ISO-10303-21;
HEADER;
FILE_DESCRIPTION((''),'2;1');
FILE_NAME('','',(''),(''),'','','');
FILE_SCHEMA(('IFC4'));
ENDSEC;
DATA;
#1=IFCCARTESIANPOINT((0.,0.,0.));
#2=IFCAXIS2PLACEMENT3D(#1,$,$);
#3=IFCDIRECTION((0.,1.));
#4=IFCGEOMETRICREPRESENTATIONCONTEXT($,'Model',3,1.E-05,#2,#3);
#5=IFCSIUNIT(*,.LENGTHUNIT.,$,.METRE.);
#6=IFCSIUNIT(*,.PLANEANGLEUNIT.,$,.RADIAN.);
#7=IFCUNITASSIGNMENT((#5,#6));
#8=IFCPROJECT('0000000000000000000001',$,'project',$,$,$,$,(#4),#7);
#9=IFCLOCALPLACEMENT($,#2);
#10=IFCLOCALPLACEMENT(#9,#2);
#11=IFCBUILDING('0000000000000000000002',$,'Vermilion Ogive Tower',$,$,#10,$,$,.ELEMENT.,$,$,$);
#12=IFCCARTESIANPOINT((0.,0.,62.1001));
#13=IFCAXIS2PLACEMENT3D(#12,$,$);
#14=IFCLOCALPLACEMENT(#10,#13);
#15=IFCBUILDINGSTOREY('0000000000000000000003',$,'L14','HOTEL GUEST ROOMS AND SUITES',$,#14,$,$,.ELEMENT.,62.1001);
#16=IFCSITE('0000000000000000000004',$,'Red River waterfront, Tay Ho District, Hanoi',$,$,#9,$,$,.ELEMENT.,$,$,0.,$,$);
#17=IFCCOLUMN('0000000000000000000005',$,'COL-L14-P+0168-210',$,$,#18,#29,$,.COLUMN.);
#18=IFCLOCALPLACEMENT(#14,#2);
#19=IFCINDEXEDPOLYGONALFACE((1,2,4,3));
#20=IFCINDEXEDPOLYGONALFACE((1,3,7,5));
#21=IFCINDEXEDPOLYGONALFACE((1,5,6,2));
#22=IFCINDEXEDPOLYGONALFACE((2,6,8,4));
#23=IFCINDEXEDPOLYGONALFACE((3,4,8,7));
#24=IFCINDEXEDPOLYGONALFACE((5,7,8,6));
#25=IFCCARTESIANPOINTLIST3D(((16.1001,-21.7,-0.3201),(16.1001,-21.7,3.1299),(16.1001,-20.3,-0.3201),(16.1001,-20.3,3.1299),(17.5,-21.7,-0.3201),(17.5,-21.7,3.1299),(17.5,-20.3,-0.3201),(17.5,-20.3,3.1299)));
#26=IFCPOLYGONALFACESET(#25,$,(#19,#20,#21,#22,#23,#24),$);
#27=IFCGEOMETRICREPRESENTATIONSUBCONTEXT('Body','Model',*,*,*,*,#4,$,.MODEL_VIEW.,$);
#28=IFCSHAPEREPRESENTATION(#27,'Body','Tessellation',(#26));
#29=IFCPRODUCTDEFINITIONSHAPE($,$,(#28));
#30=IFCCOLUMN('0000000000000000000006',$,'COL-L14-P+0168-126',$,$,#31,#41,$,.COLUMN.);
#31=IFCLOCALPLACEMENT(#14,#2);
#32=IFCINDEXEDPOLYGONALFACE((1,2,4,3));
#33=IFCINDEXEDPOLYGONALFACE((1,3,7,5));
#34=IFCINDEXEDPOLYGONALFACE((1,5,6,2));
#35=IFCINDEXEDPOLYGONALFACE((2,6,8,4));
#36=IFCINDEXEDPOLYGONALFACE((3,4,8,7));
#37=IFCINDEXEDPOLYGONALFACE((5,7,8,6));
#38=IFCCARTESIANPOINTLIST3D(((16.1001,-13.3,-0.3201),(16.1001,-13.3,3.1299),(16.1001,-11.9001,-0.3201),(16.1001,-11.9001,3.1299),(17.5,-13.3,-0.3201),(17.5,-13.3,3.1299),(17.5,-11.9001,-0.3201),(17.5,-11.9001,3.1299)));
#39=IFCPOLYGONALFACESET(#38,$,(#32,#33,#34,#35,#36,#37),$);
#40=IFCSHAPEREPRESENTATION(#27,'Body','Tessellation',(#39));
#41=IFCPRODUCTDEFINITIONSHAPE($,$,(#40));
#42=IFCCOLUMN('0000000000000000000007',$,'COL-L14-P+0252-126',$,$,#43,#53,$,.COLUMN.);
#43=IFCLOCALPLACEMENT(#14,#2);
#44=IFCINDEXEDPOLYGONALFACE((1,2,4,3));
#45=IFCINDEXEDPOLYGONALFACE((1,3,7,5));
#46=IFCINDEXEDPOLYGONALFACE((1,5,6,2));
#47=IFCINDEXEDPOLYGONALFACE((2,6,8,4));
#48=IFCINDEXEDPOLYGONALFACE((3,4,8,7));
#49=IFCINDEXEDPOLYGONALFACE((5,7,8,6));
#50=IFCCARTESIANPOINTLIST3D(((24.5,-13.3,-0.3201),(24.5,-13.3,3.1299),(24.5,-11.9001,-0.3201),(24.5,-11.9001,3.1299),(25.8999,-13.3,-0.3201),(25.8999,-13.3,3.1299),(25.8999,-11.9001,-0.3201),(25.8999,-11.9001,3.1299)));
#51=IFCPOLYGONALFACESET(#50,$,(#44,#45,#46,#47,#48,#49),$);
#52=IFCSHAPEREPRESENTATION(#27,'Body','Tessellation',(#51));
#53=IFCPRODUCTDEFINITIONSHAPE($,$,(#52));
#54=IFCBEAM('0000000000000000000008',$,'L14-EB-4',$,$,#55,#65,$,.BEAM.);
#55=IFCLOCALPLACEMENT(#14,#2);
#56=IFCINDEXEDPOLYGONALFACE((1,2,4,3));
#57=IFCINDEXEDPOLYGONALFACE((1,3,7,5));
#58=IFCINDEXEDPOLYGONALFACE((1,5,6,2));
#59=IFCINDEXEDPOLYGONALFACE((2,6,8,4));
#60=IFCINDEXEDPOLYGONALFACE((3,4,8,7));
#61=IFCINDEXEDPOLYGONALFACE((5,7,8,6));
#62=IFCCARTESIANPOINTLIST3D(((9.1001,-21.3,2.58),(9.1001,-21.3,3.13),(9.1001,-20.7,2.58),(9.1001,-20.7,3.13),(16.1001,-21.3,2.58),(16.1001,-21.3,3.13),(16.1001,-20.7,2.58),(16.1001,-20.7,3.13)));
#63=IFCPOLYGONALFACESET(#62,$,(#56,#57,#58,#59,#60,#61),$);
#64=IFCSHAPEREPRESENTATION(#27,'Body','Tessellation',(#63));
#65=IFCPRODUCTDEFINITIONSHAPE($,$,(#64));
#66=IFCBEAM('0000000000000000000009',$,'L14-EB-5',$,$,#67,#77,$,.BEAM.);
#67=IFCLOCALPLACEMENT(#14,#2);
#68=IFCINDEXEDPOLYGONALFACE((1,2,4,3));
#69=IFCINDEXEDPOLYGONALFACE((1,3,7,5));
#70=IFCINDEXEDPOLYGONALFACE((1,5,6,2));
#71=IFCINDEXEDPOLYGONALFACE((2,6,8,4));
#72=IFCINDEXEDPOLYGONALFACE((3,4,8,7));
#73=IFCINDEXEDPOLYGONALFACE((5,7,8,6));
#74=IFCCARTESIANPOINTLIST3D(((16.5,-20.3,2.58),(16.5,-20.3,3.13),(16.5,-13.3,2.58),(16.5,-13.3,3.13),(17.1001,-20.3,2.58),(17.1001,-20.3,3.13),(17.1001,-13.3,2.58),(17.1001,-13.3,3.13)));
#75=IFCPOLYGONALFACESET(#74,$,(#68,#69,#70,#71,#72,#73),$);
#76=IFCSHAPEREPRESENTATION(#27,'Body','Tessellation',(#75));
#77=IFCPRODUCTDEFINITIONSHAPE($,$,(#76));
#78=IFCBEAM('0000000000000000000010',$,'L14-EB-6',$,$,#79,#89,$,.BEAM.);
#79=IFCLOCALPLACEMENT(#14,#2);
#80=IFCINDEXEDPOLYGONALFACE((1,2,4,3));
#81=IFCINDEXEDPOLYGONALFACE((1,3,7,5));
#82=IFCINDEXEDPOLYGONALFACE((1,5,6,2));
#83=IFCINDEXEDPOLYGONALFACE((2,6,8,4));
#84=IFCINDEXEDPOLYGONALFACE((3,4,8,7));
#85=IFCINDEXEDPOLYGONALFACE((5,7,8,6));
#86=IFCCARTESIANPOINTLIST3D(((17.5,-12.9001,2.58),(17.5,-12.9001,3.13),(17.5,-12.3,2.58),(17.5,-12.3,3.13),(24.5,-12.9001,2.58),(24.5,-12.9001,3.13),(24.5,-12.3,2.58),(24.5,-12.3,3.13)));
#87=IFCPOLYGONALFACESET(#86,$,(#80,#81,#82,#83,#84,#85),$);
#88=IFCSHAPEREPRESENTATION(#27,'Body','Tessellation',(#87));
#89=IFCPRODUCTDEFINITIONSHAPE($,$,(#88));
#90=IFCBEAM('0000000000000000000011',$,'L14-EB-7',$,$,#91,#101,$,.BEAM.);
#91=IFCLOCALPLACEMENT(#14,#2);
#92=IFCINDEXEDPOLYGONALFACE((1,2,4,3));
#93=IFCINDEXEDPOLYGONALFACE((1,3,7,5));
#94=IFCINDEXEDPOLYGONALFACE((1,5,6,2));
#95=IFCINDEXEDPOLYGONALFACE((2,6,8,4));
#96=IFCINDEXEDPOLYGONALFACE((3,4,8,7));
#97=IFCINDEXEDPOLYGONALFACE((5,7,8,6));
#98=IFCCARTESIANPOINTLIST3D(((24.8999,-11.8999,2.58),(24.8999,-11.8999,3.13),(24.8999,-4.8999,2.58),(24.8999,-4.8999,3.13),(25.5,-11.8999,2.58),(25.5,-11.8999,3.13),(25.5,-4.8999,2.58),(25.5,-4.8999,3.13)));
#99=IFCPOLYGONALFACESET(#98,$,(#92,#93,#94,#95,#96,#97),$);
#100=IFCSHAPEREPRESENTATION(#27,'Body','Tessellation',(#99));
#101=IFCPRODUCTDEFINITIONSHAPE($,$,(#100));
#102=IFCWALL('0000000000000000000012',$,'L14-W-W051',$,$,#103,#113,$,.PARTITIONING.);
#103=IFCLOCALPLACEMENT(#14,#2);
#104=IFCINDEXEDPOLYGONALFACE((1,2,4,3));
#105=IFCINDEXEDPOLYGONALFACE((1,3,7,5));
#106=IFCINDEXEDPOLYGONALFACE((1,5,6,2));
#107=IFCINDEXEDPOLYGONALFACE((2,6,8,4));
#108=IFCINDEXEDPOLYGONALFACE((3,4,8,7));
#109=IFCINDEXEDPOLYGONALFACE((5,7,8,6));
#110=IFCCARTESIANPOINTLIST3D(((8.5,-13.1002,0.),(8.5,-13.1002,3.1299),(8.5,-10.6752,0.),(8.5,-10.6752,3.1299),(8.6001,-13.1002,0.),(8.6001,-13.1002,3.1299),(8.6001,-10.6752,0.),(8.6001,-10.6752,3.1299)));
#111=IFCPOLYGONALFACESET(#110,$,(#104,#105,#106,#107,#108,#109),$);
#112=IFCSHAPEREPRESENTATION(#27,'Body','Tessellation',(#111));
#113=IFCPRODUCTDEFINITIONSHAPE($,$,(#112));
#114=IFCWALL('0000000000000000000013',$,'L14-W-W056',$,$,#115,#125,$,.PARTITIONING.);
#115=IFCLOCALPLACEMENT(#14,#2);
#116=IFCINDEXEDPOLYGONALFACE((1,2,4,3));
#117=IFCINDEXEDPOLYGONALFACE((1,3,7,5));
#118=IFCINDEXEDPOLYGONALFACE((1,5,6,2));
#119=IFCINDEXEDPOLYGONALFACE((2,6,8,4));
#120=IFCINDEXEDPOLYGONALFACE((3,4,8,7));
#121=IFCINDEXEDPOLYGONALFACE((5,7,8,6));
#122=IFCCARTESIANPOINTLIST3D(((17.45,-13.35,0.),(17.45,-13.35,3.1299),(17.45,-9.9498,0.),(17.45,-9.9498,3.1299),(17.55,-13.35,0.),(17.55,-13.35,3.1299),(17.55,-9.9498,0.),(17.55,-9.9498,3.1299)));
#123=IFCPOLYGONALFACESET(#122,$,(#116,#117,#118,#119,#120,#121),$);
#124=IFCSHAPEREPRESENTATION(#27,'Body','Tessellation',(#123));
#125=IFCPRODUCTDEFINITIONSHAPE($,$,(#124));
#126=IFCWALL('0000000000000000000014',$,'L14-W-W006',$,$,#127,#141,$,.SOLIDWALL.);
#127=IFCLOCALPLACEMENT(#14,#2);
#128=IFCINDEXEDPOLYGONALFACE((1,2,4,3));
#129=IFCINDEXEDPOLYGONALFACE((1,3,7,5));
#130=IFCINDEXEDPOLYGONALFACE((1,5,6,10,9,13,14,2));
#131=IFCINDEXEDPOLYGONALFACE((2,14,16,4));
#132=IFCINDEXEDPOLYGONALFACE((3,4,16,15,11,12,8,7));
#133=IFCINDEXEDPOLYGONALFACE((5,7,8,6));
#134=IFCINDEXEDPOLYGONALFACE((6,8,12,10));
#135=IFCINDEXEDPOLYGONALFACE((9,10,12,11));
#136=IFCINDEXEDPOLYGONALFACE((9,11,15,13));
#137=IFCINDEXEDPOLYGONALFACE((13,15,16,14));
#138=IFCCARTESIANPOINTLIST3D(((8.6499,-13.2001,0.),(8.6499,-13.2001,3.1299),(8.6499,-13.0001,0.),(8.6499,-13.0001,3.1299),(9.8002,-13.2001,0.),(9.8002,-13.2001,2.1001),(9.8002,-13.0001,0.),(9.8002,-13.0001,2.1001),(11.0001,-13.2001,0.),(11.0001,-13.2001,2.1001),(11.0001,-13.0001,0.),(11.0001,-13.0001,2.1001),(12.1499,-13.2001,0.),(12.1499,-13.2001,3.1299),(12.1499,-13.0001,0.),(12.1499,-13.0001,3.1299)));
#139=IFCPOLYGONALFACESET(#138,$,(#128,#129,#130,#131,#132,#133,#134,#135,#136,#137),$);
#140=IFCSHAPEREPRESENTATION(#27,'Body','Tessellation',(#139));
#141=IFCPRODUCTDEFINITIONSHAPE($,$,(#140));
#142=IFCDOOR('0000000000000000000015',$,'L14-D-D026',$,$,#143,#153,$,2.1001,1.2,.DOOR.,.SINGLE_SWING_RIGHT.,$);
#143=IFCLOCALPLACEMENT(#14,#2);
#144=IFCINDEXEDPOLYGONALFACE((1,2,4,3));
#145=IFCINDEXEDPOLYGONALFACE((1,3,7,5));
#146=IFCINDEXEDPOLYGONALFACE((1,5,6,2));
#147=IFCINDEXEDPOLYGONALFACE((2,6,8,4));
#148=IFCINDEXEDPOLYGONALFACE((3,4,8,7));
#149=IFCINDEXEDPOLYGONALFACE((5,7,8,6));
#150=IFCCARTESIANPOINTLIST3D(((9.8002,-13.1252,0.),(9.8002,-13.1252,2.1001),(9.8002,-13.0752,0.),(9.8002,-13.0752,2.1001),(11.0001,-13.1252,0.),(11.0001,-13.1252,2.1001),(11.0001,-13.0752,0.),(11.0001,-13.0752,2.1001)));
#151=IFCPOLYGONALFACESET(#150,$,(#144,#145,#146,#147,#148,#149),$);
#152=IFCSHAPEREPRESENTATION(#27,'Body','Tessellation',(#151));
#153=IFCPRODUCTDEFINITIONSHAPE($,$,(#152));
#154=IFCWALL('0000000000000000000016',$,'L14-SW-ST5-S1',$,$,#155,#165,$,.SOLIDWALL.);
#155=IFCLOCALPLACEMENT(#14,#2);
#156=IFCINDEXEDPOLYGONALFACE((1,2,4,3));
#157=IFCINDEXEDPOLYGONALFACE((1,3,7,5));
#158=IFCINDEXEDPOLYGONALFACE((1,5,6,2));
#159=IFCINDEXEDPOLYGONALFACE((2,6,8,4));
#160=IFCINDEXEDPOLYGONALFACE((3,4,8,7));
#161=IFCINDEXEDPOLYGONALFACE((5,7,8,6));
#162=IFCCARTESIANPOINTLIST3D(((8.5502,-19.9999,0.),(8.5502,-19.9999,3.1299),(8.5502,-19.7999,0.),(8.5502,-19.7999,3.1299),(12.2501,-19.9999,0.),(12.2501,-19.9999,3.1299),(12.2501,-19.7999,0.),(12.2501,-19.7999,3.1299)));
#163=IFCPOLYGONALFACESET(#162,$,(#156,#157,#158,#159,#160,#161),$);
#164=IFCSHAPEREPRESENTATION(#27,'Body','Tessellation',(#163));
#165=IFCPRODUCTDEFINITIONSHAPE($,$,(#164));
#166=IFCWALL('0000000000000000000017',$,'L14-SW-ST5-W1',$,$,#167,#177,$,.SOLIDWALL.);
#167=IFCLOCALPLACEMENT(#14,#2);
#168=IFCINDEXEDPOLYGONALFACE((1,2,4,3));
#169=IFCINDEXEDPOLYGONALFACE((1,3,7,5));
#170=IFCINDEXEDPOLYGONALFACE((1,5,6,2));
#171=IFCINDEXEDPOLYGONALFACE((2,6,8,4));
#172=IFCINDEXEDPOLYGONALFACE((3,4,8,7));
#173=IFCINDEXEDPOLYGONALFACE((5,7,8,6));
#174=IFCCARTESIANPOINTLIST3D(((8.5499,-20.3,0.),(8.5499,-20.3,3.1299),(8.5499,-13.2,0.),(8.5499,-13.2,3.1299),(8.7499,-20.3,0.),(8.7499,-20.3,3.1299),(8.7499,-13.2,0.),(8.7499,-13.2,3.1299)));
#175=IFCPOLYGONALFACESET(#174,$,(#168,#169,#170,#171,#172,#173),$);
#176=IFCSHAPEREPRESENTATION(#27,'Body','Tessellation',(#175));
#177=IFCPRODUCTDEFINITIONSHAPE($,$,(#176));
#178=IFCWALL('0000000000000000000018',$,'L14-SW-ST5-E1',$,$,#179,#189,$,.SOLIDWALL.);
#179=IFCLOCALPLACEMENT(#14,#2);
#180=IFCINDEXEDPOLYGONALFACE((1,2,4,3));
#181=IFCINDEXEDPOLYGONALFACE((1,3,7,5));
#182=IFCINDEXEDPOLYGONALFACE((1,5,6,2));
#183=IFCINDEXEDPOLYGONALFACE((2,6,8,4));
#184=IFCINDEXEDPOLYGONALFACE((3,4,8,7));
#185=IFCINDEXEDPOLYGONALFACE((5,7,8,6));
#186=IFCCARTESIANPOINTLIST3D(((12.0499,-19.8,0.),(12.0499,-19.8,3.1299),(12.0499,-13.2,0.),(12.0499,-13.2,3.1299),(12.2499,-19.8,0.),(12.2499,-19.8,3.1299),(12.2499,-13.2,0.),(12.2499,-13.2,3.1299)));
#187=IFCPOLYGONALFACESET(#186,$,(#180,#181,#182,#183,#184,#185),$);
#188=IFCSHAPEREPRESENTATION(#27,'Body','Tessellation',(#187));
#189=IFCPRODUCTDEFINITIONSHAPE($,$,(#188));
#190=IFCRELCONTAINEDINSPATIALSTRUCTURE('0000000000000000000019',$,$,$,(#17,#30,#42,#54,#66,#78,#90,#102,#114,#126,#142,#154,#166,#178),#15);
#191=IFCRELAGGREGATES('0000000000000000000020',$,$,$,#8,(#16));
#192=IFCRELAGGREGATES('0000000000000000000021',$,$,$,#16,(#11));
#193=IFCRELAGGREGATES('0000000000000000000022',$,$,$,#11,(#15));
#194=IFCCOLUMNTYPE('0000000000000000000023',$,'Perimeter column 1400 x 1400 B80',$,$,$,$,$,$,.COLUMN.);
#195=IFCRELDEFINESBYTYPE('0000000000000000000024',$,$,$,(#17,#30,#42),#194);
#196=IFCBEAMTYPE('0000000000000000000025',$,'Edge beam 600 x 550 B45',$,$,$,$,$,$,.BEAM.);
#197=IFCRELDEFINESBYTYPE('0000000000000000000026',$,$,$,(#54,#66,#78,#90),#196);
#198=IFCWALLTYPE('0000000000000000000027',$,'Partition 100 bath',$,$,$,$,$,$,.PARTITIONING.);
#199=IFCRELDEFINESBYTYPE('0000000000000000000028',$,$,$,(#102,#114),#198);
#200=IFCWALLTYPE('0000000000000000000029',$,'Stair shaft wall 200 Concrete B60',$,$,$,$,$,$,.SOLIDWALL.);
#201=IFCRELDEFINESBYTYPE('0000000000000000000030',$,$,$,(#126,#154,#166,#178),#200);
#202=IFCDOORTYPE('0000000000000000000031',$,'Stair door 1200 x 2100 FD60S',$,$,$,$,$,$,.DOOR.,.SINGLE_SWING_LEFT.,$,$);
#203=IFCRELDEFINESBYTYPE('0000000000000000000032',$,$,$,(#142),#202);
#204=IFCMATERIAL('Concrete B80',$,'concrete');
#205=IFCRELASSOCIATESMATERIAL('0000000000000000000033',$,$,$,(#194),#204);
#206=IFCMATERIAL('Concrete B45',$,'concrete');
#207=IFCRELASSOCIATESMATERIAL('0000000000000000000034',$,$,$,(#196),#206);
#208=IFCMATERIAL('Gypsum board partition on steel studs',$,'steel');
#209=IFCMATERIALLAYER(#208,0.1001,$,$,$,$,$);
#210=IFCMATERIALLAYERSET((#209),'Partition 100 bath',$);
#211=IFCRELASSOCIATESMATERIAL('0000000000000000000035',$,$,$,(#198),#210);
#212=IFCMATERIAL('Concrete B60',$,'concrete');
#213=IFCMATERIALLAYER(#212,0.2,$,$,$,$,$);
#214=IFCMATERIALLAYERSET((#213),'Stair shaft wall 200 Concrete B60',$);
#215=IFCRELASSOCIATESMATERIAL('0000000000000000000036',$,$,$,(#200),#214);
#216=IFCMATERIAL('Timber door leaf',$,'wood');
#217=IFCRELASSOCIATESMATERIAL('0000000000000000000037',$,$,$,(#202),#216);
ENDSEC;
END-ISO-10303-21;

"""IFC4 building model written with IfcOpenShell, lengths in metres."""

from ifc_helpers import new_model, si_unit, direction, frame, frame_2d, origin, origin_2d, place, context, subcontext, project, spatial, rectangle, extrude, material, layer, layer_set, material_profile, profile_set, type_object, element, fill, save


model = new_model("IFC4")

# Units and contexts
model_context = context("Model", 3, precision=1e-05, world=origin(), true_north=direction((0.0, 1.0)))
body_context = subcontext(model_context, "Body", "Model", "MODEL_VIEW")
ifc_project = project(units=[si_unit("LENGTHUNIT", "METRE"), si_unit("PLANEANGLEUNIT", "RADIAN")], contexts=[model_context])

# Site, building, storey
site_placement = place(None, origin())
site = spatial("IfcSite", under=ifc_project, at=site_placement, Name="Red River waterfront, Tay Ho District, Hanoi", CompositionType="ELEMENT", RefElevation=0.0)
building_placement = place(site_placement, origin())
building = spatial("IfcBuilding", under=site, at=building_placement, Name="Vermilion Ogive Tower", CompositionType="ELEMENT")
storey_placement = place(building_placement, frame((0.0, 0.0, 62.1001)))
storey = spatial("IfcBuildingStorey", under=building, at=storey_placement, Name="L14", Description="HOTEL GUEST ROOMS AND SUITES", CompositionType="ELEMENT", Elevation=62.1001)

# Columns
ifc_material_1 = material(Name="Concrete B80", Category="concrete")
ifc_material_profile_1 = material_profile(ifc_material_1, rectangle(XDim=1.3999, YDim=1.3999, at=origin_2d()), Name="1400 x 1400")
ifc_profile_set_1 = profile_set([ifc_material_profile_1], Name="Concrete B80")
column_type = type_object("IfcColumnType", Name="Perimeter column 1400 x 1400 B80", PredefinedType="COLUMN", material=ifc_profile_set_1)
for number, where, z_axis, x_axis, name in (
    (1, (16.8, -21.0, -0.3201), (0.0, 0.0, 1.0), (1.0, 0.0, 0.0), "COL-L14-P+0168-210"),
    (2, (16.8, -12.6001, -0.3201), (0.0, 0.0, 1.0), (1.0, 0.0, 0.0), "COL-L14-P+0168-126"),
    (3, (25.2, -12.6001, -0.3201), (0.0, 0.0, 1.0), (1.0, 0.0, 0.0), "COL-L14-P+0252-126"),
):
    element("IfcColumn", number, at=place(storey_placement, frame(where, z_axis=z_axis, x_axis=x_axis)), inside=storey, type_object=column_type, Name=name, PredefinedType="COLUMN", context=body_context, shape_type="SweptSolid", body=[
        extrude(rectangle(XDim=1.3999, YDim=1.3999, at=origin_2d()), origin(), (0.0, 0.0, 1.0), 3.45),
    ])

# Beams
ifc_material_2 = material(Name="Concrete B45", Category="concrete")
ifc_material_profile_2 = material_profile(ifc_material_2, rectangle(XDim=0.6001, YDim=0.55, at=origin_2d()), Name="600 x 550")
ifc_profile_set_2 = profile_set([ifc_material_profile_2], Name="Concrete B45")
beam_type = type_object("IfcBeamType", Name="Edge beam 600 x 550 B45", PredefinedType="BEAM", material=ifc_profile_set_2)
for number, where, z_axis, x_axis, name in (
    (4, (9.1001, -21.0, 2.855), (1.0, 0.0, 0.0), (0.0, 1.0, 0.0), "L14-EB-4"),
    (5, (16.8, -20.3, 2.855), (0.0, 1.0, 0.0), (-1.0, 0.0, 0.0), "L14-EB-5"),
    (6, (17.5, -12.6001, 2.855), (1.0, 0.0, 0.0), (0.0, 1.0, 0.0), "L14-EB-6"),
    (7, (25.2, -11.8999, 2.855), (0.0, 1.0, 0.0), (-1.0, 0.0, 0.0), "L14-EB-7"),
):
    element("IfcBeam", number, at=place(storey_placement, frame(where, z_axis=z_axis, x_axis=x_axis)), inside=storey, type_object=beam_type, Name=name, PredefinedType="BEAM", context=body_context, shape_type="SweptSolid", body=[
        extrude(rectangle(XDim=0.6001, YDim=0.55, at=origin_2d()), origin(), (0.0, 0.0, 1.0), 7.0),
    ])

# Walls
ifc_material_3 = material(Name="Gypsum board partition on steel studs", Category="steel")
ifc_layer_1 = layer(ifc_material_3, 0.1001)
ifc_layer_set_1 = layer_set([ifc_layer_1], Name="Partition 100 bath")
wall_type_1 = type_object("IfcWallType", Name="Partition 100 bath", PredefinedType="PARTITIONING", material=ifc_layer_set_1)
wall_1_placement = place(storey_placement, frame((8.55, -13.1001, 0.0), z_axis=(0.0, 0.0, 1.0), x_axis=(0.0, 1.0, 0.0)))
element("IfcWall", 8, at=wall_1_placement, inside=storey, type_object=wall_type_1, Name="L14-W-W051", PredefinedType="PARTITIONING", context=body_context, shape_type="SweptSolid", body=[
    extrude(rectangle(XDim=2.425, YDim=0.1001, at=frame_2d((1.2124, 0.0))), origin(), (0.0, 0.0, 1.0), 3.1299),
])
wall_2_placement = place(storey_placement, frame((17.5, -13.3501, 0.0), z_axis=(0.0, 0.0, 1.0), x_axis=(0.0, 1.0, 0.0)))
element("IfcWall", 9, at=wall_2_placement, inside=storey, type_object=wall_type_1, Name="L14-W-W056", PredefinedType="PARTITIONING", context=body_context, shape_type="SweptSolid", body=[
    extrude(rectangle(XDim=3.4001, YDim=0.1001, at=frame_2d((1.7002, 0.0))), origin(), (0.0, 0.0, 1.0), 3.1299),
])

# Wall, opening, door
ifc_material_4 = material(Name="Concrete B60", Category="concrete")
ifc_layer_2 = layer(ifc_material_4, 0.2)
ifc_layer_set_2 = layer_set([ifc_layer_2], Name="Stair shaft wall 200 Concrete B60")
wall_type_2 = type_object("IfcWallType", Name="Stair shaft wall 200 Concrete B60", PredefinedType="SOLIDWALL", material=ifc_layer_set_2)
wall_3_placement = place(storey_placement, frame((8.6499, -13.1001, 0.0), z_axis=(0.0, 0.0, 1.0), x_axis=(1.0, 0.0, 0.0)))
wall_3 = element("IfcWall", 10, at=wall_3_placement, inside=storey, type_object=wall_type_2, Name="L14-W-W006", PredefinedType="SOLIDWALL", context=body_context, shape_type="SweptSolid", body=[
    extrude(rectangle(XDim=3.5, YDim=0.2, at=frame_2d((1.75, 0.0))), origin(), (0.0, 0.0, 1.0), 3.1299),
])
opening_1_placement = place(wall_3_placement, frame((1.1501, 0.0, 0.0)))
opening_1 = element("IfcOpeningElement", 11, at=opening_1_placement, cuts=wall_3, PredefinedType="OPENING", context=body_context, shape_type="SweptSolid", body=[
    extrude(rectangle(XDim=1.2, YDim=2.1001, at=frame_2d((0.6001, 1.05))), frame((0.0, 0.1099, 0.0), z_axis=(0.0, -1.0, 0.0), x_axis=(1.0, 0.0, 0.0)), (0.0, 0.0, 1.0), 0.22),
])
ifc_material_5 = material(Name="Timber door leaf", Category="wood")
door_type_1 = type_object("IfcDoorType", Name="Stair door 1200 x 2100 FD60S", OperationType="SINGLE_SWING_LEFT", PredefinedType="DOOR", material=ifc_material_5)
door_1_placement = place(opening_1_placement, origin())
door_1 = element("IfcDoor", 12, at=door_1_placement, inside=storey, type_object=door_type_1, Name="L14-D-D026", OperationType="SINGLE_SWING_RIGHT", OverallHeight=2.1001, OverallWidth=1.2, PredefinedType="DOOR", context=body_context, shape_type="SweptSolid", body=[
    extrude(rectangle(XDim=1.2, YDim=2.1001, at=frame_2d((0.6001, 1.05))), frame((0.0, 0.0249, 0.0), z_axis=(0.0, -1.0, 0.0), x_axis=(1.0, 0.0, 0.0)), (0.0, 0.0, 1.0), 0.05),
])
fill(opening_1, door_1)

# Walls
wall_4_placement = place(storey_placement, frame((8.55, -19.8999, 0.0), z_axis=(0.0, 0.0, 1.0), x_axis=(1.0, 0.0, 0.0)))
element("IfcWall", 13, at=wall_4_placement, inside=storey, type_object=wall_type_2, Name="L14-SW-ST5-S1", PredefinedType="SOLIDWALL", context=body_context, shape_type="SweptSolid", body=[
    extrude(rectangle(XDim=3.7, YDim=0.2, at=frame_2d((1.8501, 0.0))), origin(), (0.0, 0.0, 1.0), 3.1299),
])
wall_5_placement = place(storey_placement, frame((8.6499, -20.3, 0.0), z_axis=(0.0, 0.0, 1.0), x_axis=(0.0, 1.0, 0.0)))
element("IfcWall", 14, at=wall_5_placement, inside=storey, type_object=wall_type_2, Name="L14-SW-ST5-W1", PredefinedType="SOLIDWALL", context=body_context, shape_type="SweptSolid", body=[
    extrude(rectangle(XDim=7.1001, YDim=0.2, at=frame_2d((3.55, 0.0))), origin(), (0.0, 0.0, 1.0), 3.1299),
])
wall_6_placement = place(storey_placement, frame((12.1499, -19.8, 0.0), z_axis=(0.0, 0.0, 1.0), x_axis=(0.0, 1.0, 0.0)))
element("IfcWall", 15, at=wall_6_placement, inside=storey, type_object=wall_type_2, Name="L14-SW-ST5-E1", PredefinedType="SOLIDWALL", context=body_context, shape_type="SweptSolid", body=[
    extrude(rectangle(XDim=6.6001, YDim=0.2, at=frame_2d((3.3, 0.0))), origin(), (0.0, 0.0, 1.0), 3.1299),
])

save(model, "model.ifc")
